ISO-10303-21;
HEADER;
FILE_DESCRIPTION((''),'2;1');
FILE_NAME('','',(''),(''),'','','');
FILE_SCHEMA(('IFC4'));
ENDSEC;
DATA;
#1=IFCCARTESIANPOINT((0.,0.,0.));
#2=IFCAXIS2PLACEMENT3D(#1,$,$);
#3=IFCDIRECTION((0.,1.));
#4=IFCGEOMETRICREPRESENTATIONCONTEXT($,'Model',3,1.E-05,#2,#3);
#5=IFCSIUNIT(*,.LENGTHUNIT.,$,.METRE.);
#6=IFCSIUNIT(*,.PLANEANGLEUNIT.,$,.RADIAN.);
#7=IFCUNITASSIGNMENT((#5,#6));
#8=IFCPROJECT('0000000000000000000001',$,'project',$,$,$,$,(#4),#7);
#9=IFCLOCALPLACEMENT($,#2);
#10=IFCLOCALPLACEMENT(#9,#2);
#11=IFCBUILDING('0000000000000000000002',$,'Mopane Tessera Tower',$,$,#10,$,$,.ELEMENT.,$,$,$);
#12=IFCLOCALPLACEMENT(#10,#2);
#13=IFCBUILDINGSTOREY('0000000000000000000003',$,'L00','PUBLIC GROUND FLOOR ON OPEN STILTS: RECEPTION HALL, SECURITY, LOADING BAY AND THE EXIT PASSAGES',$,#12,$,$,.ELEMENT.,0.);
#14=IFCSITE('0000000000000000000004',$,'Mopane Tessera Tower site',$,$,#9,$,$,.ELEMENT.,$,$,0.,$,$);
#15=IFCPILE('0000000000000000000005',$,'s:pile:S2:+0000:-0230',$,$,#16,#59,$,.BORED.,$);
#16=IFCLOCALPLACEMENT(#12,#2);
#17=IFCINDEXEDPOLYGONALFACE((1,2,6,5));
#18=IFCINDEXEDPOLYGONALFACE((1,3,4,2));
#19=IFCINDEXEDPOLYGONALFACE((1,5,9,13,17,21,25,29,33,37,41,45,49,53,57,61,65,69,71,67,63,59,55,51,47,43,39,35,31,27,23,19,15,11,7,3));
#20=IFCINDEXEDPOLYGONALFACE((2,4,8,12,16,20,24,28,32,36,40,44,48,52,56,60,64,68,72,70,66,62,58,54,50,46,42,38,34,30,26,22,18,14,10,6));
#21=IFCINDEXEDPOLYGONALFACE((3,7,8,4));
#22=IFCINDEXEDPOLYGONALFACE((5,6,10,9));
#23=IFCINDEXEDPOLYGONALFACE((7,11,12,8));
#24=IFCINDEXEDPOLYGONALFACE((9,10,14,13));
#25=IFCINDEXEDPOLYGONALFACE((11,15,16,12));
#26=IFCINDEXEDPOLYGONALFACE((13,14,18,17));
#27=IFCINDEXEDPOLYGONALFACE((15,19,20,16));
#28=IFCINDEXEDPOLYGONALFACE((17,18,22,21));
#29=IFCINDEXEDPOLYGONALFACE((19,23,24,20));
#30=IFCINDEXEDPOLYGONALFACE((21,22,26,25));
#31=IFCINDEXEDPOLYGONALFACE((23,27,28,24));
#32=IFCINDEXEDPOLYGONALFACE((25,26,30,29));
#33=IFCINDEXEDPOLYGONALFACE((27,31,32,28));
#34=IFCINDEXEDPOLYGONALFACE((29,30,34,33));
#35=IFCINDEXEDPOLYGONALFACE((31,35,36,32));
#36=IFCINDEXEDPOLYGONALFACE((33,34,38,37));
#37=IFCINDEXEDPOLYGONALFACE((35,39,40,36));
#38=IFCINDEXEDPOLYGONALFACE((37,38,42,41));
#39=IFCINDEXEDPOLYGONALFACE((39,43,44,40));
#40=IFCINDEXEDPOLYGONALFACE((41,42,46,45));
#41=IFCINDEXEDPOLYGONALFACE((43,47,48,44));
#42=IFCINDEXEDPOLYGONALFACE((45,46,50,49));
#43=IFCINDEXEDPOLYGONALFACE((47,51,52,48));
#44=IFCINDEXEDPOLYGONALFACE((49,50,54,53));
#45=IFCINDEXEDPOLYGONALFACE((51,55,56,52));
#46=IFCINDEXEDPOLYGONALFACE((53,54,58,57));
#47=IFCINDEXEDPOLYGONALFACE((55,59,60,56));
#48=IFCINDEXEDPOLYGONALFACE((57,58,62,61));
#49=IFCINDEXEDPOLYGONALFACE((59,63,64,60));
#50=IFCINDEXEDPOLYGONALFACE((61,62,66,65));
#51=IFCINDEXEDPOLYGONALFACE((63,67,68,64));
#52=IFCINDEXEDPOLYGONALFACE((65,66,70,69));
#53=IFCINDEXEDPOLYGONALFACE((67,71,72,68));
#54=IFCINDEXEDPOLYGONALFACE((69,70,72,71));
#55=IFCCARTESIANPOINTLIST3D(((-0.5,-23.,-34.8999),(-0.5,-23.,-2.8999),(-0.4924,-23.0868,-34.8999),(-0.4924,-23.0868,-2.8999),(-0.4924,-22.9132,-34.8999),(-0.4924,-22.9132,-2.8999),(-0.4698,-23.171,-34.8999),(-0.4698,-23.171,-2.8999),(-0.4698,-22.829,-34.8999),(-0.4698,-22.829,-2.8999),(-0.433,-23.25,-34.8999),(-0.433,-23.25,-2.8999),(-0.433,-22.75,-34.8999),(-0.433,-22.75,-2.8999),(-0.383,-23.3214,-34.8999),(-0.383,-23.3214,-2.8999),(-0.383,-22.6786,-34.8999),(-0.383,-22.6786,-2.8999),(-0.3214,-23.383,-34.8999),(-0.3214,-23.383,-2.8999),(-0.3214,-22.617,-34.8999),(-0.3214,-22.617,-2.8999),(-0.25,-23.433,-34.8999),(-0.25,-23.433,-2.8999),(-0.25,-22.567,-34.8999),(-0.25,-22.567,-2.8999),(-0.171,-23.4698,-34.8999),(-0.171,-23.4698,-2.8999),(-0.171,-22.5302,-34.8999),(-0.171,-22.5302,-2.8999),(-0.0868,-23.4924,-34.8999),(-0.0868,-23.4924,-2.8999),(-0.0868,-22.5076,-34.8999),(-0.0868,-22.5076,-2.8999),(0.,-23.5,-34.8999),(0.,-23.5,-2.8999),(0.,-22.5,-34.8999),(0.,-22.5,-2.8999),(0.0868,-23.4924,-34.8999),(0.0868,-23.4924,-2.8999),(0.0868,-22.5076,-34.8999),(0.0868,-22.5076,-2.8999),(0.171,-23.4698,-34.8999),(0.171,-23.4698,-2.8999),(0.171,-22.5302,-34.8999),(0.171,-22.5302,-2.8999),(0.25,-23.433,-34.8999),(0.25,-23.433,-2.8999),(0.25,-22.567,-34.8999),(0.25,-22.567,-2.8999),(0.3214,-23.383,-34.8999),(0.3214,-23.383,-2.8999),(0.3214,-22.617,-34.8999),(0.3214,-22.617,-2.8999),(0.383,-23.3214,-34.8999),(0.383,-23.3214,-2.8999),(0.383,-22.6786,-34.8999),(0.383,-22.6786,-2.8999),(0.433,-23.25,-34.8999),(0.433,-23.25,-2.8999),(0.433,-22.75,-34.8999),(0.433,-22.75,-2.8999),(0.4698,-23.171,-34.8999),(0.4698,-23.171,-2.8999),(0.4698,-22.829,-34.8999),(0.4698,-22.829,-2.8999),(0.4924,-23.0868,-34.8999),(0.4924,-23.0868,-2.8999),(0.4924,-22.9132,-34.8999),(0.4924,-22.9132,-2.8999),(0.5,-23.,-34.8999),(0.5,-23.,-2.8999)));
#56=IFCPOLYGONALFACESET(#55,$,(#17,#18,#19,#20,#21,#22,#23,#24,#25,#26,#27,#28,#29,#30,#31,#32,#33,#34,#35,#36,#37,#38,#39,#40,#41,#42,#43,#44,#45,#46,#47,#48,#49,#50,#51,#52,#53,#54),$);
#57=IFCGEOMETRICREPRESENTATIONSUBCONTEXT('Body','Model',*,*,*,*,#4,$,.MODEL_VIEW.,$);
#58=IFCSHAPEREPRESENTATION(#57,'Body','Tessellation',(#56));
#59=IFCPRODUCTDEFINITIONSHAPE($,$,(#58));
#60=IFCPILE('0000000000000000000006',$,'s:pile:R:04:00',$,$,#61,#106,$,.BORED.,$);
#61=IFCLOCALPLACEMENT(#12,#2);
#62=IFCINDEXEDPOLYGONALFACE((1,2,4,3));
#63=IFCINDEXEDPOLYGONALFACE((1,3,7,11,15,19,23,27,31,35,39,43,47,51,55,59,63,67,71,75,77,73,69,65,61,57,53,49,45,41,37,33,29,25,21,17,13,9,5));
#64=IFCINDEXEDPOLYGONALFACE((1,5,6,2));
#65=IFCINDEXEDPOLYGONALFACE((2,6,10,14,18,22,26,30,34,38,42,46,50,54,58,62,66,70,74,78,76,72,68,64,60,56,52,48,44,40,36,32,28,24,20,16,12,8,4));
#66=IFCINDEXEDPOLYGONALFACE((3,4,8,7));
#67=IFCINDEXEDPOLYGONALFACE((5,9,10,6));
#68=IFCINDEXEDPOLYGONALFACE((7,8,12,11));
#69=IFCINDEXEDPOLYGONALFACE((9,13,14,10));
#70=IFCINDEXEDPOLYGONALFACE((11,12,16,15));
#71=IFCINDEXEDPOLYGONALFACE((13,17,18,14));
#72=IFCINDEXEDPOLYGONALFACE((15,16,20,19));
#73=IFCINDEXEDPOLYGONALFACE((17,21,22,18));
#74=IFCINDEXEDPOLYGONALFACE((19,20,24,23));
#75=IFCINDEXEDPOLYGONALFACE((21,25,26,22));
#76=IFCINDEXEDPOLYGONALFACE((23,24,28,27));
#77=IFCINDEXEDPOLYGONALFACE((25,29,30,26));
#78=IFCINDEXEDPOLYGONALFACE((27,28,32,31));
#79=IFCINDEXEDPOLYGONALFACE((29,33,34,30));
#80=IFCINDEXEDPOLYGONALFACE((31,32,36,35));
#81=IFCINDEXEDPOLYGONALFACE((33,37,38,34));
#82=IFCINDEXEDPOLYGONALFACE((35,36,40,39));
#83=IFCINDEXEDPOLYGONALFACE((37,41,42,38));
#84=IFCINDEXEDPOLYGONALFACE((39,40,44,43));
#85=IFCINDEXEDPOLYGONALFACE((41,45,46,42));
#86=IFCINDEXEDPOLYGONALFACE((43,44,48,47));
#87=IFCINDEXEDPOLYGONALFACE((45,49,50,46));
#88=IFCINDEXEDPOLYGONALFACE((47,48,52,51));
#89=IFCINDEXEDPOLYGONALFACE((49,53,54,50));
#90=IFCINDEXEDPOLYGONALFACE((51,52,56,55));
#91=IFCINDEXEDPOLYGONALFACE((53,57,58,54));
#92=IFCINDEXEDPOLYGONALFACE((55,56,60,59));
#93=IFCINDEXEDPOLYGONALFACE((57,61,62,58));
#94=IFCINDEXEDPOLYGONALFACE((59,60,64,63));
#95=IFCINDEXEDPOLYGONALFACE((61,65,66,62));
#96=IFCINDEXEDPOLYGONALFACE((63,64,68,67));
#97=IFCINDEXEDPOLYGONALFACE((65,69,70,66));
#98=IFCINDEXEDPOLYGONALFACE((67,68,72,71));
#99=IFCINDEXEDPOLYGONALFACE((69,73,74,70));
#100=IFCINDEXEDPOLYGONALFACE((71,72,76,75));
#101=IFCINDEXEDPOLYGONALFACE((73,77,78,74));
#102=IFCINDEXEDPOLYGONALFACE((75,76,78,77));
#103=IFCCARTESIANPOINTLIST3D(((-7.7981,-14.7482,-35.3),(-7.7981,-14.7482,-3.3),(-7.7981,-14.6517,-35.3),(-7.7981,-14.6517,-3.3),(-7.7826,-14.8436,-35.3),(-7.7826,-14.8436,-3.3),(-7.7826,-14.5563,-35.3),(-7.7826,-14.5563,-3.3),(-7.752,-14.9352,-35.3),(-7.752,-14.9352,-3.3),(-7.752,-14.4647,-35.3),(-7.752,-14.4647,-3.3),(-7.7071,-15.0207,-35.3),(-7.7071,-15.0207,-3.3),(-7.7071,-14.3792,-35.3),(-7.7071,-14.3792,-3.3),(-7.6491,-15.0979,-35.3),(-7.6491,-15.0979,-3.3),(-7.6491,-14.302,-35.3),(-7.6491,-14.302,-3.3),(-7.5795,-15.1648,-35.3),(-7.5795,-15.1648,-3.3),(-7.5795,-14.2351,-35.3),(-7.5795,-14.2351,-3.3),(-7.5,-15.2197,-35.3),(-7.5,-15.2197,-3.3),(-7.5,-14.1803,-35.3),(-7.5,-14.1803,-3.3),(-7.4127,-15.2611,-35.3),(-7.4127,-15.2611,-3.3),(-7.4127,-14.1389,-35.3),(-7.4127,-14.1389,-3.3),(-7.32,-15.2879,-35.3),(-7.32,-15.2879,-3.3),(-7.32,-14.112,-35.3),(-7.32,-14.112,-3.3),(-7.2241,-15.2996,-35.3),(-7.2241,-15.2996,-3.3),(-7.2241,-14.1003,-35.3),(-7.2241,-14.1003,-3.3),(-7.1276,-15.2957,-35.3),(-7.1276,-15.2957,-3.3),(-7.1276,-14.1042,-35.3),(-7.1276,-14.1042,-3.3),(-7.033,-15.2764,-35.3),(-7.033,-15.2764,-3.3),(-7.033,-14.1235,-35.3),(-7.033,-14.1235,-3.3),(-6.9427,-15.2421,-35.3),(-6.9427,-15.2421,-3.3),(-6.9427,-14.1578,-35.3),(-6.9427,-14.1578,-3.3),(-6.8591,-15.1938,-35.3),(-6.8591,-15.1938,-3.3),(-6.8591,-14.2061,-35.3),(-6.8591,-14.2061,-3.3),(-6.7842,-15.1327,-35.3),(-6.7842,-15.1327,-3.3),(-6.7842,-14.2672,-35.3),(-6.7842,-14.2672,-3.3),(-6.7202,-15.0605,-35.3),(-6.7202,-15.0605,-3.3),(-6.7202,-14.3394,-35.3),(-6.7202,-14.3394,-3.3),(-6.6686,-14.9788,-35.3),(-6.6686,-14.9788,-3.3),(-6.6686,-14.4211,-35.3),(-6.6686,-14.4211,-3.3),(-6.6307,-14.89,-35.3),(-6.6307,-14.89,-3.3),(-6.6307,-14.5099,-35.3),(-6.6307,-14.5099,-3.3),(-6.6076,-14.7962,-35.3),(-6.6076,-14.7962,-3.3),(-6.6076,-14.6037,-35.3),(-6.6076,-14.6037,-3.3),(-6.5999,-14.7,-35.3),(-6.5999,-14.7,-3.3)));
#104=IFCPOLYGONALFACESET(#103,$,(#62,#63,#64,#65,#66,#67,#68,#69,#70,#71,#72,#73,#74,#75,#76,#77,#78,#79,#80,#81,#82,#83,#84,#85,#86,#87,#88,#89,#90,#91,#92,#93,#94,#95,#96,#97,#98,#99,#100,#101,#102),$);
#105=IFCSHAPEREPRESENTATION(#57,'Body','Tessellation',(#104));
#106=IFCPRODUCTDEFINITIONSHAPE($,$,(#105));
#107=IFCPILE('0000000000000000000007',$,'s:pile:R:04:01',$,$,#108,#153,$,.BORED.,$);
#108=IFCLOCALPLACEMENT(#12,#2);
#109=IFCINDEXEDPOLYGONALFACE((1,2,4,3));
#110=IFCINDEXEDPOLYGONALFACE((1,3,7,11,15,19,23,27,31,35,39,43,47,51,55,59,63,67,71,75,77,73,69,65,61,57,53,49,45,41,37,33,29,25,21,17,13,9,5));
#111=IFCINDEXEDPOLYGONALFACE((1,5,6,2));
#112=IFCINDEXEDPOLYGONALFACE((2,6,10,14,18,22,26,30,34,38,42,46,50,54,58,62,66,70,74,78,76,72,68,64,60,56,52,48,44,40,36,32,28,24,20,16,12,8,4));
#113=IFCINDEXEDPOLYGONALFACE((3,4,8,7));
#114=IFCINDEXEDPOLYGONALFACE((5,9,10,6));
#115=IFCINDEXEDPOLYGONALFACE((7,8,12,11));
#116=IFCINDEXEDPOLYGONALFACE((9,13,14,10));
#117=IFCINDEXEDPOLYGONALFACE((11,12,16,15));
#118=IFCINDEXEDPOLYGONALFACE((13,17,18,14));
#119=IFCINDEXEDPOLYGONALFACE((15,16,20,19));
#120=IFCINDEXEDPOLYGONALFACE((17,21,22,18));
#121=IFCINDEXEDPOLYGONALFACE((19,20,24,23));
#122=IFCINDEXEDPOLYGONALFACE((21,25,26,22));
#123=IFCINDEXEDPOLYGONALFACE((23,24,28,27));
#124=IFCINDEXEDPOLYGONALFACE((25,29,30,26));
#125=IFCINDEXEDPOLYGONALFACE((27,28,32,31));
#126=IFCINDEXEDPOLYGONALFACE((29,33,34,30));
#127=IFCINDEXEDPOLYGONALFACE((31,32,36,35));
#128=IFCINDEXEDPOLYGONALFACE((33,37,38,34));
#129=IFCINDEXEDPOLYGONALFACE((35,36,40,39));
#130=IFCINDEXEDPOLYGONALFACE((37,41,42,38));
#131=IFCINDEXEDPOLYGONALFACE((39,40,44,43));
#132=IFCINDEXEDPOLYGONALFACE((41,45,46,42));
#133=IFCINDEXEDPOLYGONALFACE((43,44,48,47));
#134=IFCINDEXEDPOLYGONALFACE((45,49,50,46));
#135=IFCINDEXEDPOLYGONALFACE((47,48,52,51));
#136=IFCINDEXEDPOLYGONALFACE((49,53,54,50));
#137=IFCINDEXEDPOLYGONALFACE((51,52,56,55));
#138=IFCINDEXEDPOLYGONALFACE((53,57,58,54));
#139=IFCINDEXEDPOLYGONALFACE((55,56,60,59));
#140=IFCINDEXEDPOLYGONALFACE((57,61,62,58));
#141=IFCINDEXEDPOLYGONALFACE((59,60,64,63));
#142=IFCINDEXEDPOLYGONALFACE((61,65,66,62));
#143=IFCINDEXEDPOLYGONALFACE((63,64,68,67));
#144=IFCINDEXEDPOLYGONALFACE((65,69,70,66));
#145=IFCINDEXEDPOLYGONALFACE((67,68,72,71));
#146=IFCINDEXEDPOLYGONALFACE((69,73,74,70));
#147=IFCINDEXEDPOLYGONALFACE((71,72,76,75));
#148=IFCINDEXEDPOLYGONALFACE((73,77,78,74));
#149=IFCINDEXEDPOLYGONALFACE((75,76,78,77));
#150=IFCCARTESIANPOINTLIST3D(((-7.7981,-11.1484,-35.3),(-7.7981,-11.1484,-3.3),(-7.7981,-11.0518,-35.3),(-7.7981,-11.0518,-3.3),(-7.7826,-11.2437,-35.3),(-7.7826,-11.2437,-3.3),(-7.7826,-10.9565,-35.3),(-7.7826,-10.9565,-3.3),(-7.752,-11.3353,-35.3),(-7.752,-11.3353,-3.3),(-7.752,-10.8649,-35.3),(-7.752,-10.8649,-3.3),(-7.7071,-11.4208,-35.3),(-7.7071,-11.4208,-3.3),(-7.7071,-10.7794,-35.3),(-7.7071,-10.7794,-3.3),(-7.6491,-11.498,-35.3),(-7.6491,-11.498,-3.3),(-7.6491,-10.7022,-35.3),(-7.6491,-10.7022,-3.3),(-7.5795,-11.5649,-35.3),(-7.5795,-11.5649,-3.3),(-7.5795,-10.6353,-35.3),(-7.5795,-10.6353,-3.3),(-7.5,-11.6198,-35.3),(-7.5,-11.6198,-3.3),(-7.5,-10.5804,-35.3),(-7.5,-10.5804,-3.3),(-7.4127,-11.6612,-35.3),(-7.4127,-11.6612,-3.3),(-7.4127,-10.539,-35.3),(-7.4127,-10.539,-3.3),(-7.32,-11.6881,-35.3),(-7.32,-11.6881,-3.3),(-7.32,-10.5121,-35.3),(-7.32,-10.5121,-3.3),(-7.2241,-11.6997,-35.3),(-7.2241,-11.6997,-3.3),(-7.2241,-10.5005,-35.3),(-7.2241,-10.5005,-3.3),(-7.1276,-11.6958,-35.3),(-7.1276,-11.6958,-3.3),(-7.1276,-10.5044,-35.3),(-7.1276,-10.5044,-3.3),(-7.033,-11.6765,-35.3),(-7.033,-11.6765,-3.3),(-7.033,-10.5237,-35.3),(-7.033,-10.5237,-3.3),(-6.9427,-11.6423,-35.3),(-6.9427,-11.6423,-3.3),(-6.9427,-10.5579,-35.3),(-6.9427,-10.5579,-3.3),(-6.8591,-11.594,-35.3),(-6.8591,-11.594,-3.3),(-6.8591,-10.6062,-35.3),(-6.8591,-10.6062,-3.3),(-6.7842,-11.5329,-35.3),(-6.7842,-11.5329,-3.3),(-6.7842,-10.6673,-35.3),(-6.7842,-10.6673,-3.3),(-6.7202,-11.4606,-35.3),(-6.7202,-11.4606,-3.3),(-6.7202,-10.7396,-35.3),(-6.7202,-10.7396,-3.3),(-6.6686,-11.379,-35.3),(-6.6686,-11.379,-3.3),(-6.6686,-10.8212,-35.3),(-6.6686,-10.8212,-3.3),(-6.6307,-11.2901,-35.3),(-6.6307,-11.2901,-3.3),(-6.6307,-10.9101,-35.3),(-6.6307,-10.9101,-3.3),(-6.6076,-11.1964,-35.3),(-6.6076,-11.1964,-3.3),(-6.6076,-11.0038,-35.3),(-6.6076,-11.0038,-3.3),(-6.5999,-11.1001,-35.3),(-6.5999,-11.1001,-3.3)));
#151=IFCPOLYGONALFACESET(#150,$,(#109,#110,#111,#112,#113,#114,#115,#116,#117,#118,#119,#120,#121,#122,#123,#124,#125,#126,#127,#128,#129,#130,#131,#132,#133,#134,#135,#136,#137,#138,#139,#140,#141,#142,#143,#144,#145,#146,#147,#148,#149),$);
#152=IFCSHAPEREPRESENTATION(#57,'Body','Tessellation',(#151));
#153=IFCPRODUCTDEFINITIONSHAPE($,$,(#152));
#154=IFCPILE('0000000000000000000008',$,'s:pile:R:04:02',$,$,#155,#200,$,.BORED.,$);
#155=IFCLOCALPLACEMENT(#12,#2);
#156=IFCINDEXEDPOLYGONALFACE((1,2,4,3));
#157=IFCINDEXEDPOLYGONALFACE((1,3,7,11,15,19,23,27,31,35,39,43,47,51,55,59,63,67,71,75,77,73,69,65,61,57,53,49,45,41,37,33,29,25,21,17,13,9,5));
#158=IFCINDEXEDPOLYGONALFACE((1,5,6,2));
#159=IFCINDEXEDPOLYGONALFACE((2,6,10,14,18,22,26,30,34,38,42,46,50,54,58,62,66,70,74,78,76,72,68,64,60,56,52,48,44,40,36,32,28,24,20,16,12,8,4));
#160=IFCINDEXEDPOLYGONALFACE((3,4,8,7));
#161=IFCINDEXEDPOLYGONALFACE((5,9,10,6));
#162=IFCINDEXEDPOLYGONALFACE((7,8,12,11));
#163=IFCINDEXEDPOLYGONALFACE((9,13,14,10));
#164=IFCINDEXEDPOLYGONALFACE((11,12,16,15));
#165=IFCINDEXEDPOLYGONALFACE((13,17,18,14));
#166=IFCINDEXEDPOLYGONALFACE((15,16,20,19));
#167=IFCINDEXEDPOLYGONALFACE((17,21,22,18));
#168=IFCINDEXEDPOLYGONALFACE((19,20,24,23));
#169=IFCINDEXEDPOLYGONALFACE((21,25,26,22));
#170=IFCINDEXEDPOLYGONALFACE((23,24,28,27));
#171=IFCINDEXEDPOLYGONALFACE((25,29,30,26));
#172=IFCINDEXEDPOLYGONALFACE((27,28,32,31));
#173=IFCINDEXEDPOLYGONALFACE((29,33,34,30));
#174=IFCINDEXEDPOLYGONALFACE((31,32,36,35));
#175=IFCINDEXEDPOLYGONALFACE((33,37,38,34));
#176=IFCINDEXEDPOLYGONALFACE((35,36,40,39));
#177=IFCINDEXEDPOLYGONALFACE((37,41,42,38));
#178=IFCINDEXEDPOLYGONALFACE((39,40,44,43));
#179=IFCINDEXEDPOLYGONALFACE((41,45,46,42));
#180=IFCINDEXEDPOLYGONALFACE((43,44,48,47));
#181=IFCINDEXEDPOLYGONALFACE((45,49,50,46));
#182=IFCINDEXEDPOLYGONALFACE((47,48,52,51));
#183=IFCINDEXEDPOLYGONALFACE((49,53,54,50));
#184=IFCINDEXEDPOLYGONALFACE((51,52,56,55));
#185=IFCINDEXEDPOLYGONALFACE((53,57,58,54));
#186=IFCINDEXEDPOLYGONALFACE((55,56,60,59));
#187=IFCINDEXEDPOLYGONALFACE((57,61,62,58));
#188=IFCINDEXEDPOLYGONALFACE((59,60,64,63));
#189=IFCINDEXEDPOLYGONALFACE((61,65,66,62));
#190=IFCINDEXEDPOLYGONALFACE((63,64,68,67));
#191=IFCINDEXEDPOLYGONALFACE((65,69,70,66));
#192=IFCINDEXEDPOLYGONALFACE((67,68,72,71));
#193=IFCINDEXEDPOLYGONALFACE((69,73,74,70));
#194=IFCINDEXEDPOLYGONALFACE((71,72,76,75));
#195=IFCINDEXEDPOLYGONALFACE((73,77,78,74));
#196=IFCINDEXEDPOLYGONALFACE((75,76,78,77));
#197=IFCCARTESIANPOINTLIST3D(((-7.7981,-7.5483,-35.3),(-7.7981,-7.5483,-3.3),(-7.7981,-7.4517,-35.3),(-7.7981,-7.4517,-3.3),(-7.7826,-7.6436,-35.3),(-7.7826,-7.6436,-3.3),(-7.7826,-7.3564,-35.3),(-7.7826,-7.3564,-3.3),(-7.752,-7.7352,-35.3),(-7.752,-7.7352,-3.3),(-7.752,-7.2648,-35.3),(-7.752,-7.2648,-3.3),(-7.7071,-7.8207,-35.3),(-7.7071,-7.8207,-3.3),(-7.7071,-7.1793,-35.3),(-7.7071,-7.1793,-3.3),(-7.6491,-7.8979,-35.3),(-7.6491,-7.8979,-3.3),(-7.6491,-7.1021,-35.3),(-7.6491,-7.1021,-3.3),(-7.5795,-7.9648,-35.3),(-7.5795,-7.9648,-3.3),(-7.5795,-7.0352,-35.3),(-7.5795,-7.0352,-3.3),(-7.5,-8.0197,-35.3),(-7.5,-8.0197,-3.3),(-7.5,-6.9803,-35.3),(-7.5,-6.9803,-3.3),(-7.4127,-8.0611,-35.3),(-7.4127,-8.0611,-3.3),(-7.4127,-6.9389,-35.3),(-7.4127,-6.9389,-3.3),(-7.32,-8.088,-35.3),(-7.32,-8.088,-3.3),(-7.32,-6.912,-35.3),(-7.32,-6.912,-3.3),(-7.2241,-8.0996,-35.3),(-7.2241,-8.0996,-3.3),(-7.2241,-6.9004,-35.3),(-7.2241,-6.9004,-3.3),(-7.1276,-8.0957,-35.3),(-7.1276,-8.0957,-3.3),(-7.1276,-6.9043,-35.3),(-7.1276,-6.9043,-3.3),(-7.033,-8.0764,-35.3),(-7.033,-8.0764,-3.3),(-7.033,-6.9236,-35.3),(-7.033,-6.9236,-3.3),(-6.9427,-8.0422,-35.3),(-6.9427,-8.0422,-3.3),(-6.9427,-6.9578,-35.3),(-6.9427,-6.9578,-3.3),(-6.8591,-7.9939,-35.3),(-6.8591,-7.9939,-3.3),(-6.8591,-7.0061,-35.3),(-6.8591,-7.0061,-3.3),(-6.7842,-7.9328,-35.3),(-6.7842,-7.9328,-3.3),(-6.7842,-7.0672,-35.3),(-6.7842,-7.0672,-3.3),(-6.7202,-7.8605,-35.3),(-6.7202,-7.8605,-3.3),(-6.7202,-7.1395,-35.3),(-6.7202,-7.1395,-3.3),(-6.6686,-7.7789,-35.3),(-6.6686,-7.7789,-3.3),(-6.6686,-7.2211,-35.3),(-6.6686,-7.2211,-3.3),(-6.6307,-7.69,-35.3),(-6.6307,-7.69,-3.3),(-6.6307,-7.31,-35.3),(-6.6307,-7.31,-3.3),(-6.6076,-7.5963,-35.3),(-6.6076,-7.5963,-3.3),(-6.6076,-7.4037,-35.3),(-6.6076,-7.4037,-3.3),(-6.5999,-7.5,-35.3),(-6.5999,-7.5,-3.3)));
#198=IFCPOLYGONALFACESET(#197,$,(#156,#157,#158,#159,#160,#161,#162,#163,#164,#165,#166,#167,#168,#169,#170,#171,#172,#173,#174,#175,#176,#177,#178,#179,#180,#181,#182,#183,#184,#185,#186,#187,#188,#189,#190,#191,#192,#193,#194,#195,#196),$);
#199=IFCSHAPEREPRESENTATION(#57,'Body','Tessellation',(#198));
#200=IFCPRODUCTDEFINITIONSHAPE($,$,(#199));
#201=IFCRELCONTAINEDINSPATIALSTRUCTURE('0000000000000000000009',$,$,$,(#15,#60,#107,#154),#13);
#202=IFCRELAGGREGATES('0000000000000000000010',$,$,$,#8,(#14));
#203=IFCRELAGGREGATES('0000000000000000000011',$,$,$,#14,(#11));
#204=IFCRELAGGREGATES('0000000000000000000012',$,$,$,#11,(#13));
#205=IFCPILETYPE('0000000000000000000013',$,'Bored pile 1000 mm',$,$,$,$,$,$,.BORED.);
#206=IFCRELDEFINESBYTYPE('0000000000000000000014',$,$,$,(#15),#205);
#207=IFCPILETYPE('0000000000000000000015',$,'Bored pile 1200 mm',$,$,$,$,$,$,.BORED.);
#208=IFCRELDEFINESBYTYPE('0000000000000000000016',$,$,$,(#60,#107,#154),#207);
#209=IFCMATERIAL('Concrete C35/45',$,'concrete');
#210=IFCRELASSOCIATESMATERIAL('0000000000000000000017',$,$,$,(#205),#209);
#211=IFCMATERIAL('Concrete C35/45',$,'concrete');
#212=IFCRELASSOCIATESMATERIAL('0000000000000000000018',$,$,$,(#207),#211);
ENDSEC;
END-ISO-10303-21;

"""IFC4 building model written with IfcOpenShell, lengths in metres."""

from ifc_helpers import new_model, si_unit, direction, frame, origin, origin_2d, place, context, subcontext, project, spatial, circle, extrude, material, material_profile, profile_set, type_object, element, save


model = new_model("IFC4")

# Units and contexts
model_context = context("Model", 3, precision=1e-05, world=origin(), true_north=direction((0.0, 1.0)))
body_context = subcontext(model_context, "Body", "Model", "MODEL_VIEW")
ifc_project = project(units=[si_unit("LENGTHUNIT", "METRE"), si_unit("PLANEANGLEUNIT", "RADIAN")], contexts=[model_context])

# Site, building, storey
site_placement = place(None, origin())
site = spatial("IfcSite", under=ifc_project, at=site_placement, Name="Mopane Tessera Tower site", CompositionType="ELEMENT", RefElevation=0.0)
building_placement = place(site_placement, origin())
building = spatial("IfcBuilding", under=site, at=building_placement, Name="Mopane Tessera Tower", CompositionType="ELEMENT")
storey_placement = place(building_placement, origin())
storey = spatial("IfcBuildingStorey", under=building, at=storey_placement, Name="L00", Description="PUBLIC GROUND FLOOR ON OPEN STILTS: RECEPTION HALL, SECURITY, LOADING BAY AND THE EXIT PASSAGES", CompositionType="ELEMENT", Elevation=0.0)

# Piles
ifc_material_1 = material(Name="Concrete C35/45", Category="concrete")
ifc_material_profile_1 = material_profile(ifc_material_1, circle(Radius=0.5, at=origin_2d()))
ifc_profile_set_1 = profile_set([ifc_material_profile_1], Name="Concrete C35/45")
pile_type_1 = type_object("IfcPileType", Name="Bored pile 1000 mm", PredefinedType="BORED", material=ifc_profile_set_1)
for number, where, z_axis, x_axis, name in (
    (1, (0.0, -23.0, -2.8999), (0.0, 0.0, -1.0), (1.0, 0.0, 0.0), "s:pile:S2:+0000:-0230"),
):
    element("IfcPile", number, at=place(storey_placement, frame(where, z_axis=z_axis, x_axis=x_axis)), inside=storey, type_object=pile_type_1, Name=name, PredefinedType="BORED", context=body_context, shape_type="SweptSolid", body=[
        extrude(circle(Radius=0.5, at=origin_2d()), origin(), (0.0, 0.0, 1.0), 32.0),
    ])
ifc_material_2 = material(Name="Concrete C35/45", Category="concrete")
ifc_material_profile_2 = material_profile(ifc_material_2, circle(Radius=0.6001, at=origin_2d()))
ifc_profile_set_2 = profile_set([ifc_material_profile_2], Name="Concrete C35/45")
pile_type_2 = type_object("IfcPileType", Name="Bored pile 1200 mm", PredefinedType="BORED", material=ifc_profile_set_2)
for number, where, z_axis, x_axis, name in (
    (2, (-7.2, -14.7, -3.3), (0.0, 0.0, -1.0), (1.0, 0.0, 0.0), "s:pile:R:04:00"),
    (3, (-7.2, -11.1001, -3.3), (0.0, 0.0, -1.0), (1.0, 0.0, 0.0), "s:pile:R:04:01"),
    (4, (-7.2, -7.5, -3.3), (0.0, 0.0, -1.0), (1.0, 0.0, 0.0), "s:pile:R:04:02"),
):
    element("IfcPile", number, at=place(storey_placement, frame(where, z_axis=z_axis, x_axis=x_axis)), inside=storey, type_object=pile_type_2, Name=name, PredefinedType="BORED", context=body_context, shape_type="SweptSolid", body=[
        extrude(circle(Radius=0.6001, at=origin_2d()), origin(), (0.0, 0.0, 1.0), 32.0),
    ])

save(model, "model.ifc")
